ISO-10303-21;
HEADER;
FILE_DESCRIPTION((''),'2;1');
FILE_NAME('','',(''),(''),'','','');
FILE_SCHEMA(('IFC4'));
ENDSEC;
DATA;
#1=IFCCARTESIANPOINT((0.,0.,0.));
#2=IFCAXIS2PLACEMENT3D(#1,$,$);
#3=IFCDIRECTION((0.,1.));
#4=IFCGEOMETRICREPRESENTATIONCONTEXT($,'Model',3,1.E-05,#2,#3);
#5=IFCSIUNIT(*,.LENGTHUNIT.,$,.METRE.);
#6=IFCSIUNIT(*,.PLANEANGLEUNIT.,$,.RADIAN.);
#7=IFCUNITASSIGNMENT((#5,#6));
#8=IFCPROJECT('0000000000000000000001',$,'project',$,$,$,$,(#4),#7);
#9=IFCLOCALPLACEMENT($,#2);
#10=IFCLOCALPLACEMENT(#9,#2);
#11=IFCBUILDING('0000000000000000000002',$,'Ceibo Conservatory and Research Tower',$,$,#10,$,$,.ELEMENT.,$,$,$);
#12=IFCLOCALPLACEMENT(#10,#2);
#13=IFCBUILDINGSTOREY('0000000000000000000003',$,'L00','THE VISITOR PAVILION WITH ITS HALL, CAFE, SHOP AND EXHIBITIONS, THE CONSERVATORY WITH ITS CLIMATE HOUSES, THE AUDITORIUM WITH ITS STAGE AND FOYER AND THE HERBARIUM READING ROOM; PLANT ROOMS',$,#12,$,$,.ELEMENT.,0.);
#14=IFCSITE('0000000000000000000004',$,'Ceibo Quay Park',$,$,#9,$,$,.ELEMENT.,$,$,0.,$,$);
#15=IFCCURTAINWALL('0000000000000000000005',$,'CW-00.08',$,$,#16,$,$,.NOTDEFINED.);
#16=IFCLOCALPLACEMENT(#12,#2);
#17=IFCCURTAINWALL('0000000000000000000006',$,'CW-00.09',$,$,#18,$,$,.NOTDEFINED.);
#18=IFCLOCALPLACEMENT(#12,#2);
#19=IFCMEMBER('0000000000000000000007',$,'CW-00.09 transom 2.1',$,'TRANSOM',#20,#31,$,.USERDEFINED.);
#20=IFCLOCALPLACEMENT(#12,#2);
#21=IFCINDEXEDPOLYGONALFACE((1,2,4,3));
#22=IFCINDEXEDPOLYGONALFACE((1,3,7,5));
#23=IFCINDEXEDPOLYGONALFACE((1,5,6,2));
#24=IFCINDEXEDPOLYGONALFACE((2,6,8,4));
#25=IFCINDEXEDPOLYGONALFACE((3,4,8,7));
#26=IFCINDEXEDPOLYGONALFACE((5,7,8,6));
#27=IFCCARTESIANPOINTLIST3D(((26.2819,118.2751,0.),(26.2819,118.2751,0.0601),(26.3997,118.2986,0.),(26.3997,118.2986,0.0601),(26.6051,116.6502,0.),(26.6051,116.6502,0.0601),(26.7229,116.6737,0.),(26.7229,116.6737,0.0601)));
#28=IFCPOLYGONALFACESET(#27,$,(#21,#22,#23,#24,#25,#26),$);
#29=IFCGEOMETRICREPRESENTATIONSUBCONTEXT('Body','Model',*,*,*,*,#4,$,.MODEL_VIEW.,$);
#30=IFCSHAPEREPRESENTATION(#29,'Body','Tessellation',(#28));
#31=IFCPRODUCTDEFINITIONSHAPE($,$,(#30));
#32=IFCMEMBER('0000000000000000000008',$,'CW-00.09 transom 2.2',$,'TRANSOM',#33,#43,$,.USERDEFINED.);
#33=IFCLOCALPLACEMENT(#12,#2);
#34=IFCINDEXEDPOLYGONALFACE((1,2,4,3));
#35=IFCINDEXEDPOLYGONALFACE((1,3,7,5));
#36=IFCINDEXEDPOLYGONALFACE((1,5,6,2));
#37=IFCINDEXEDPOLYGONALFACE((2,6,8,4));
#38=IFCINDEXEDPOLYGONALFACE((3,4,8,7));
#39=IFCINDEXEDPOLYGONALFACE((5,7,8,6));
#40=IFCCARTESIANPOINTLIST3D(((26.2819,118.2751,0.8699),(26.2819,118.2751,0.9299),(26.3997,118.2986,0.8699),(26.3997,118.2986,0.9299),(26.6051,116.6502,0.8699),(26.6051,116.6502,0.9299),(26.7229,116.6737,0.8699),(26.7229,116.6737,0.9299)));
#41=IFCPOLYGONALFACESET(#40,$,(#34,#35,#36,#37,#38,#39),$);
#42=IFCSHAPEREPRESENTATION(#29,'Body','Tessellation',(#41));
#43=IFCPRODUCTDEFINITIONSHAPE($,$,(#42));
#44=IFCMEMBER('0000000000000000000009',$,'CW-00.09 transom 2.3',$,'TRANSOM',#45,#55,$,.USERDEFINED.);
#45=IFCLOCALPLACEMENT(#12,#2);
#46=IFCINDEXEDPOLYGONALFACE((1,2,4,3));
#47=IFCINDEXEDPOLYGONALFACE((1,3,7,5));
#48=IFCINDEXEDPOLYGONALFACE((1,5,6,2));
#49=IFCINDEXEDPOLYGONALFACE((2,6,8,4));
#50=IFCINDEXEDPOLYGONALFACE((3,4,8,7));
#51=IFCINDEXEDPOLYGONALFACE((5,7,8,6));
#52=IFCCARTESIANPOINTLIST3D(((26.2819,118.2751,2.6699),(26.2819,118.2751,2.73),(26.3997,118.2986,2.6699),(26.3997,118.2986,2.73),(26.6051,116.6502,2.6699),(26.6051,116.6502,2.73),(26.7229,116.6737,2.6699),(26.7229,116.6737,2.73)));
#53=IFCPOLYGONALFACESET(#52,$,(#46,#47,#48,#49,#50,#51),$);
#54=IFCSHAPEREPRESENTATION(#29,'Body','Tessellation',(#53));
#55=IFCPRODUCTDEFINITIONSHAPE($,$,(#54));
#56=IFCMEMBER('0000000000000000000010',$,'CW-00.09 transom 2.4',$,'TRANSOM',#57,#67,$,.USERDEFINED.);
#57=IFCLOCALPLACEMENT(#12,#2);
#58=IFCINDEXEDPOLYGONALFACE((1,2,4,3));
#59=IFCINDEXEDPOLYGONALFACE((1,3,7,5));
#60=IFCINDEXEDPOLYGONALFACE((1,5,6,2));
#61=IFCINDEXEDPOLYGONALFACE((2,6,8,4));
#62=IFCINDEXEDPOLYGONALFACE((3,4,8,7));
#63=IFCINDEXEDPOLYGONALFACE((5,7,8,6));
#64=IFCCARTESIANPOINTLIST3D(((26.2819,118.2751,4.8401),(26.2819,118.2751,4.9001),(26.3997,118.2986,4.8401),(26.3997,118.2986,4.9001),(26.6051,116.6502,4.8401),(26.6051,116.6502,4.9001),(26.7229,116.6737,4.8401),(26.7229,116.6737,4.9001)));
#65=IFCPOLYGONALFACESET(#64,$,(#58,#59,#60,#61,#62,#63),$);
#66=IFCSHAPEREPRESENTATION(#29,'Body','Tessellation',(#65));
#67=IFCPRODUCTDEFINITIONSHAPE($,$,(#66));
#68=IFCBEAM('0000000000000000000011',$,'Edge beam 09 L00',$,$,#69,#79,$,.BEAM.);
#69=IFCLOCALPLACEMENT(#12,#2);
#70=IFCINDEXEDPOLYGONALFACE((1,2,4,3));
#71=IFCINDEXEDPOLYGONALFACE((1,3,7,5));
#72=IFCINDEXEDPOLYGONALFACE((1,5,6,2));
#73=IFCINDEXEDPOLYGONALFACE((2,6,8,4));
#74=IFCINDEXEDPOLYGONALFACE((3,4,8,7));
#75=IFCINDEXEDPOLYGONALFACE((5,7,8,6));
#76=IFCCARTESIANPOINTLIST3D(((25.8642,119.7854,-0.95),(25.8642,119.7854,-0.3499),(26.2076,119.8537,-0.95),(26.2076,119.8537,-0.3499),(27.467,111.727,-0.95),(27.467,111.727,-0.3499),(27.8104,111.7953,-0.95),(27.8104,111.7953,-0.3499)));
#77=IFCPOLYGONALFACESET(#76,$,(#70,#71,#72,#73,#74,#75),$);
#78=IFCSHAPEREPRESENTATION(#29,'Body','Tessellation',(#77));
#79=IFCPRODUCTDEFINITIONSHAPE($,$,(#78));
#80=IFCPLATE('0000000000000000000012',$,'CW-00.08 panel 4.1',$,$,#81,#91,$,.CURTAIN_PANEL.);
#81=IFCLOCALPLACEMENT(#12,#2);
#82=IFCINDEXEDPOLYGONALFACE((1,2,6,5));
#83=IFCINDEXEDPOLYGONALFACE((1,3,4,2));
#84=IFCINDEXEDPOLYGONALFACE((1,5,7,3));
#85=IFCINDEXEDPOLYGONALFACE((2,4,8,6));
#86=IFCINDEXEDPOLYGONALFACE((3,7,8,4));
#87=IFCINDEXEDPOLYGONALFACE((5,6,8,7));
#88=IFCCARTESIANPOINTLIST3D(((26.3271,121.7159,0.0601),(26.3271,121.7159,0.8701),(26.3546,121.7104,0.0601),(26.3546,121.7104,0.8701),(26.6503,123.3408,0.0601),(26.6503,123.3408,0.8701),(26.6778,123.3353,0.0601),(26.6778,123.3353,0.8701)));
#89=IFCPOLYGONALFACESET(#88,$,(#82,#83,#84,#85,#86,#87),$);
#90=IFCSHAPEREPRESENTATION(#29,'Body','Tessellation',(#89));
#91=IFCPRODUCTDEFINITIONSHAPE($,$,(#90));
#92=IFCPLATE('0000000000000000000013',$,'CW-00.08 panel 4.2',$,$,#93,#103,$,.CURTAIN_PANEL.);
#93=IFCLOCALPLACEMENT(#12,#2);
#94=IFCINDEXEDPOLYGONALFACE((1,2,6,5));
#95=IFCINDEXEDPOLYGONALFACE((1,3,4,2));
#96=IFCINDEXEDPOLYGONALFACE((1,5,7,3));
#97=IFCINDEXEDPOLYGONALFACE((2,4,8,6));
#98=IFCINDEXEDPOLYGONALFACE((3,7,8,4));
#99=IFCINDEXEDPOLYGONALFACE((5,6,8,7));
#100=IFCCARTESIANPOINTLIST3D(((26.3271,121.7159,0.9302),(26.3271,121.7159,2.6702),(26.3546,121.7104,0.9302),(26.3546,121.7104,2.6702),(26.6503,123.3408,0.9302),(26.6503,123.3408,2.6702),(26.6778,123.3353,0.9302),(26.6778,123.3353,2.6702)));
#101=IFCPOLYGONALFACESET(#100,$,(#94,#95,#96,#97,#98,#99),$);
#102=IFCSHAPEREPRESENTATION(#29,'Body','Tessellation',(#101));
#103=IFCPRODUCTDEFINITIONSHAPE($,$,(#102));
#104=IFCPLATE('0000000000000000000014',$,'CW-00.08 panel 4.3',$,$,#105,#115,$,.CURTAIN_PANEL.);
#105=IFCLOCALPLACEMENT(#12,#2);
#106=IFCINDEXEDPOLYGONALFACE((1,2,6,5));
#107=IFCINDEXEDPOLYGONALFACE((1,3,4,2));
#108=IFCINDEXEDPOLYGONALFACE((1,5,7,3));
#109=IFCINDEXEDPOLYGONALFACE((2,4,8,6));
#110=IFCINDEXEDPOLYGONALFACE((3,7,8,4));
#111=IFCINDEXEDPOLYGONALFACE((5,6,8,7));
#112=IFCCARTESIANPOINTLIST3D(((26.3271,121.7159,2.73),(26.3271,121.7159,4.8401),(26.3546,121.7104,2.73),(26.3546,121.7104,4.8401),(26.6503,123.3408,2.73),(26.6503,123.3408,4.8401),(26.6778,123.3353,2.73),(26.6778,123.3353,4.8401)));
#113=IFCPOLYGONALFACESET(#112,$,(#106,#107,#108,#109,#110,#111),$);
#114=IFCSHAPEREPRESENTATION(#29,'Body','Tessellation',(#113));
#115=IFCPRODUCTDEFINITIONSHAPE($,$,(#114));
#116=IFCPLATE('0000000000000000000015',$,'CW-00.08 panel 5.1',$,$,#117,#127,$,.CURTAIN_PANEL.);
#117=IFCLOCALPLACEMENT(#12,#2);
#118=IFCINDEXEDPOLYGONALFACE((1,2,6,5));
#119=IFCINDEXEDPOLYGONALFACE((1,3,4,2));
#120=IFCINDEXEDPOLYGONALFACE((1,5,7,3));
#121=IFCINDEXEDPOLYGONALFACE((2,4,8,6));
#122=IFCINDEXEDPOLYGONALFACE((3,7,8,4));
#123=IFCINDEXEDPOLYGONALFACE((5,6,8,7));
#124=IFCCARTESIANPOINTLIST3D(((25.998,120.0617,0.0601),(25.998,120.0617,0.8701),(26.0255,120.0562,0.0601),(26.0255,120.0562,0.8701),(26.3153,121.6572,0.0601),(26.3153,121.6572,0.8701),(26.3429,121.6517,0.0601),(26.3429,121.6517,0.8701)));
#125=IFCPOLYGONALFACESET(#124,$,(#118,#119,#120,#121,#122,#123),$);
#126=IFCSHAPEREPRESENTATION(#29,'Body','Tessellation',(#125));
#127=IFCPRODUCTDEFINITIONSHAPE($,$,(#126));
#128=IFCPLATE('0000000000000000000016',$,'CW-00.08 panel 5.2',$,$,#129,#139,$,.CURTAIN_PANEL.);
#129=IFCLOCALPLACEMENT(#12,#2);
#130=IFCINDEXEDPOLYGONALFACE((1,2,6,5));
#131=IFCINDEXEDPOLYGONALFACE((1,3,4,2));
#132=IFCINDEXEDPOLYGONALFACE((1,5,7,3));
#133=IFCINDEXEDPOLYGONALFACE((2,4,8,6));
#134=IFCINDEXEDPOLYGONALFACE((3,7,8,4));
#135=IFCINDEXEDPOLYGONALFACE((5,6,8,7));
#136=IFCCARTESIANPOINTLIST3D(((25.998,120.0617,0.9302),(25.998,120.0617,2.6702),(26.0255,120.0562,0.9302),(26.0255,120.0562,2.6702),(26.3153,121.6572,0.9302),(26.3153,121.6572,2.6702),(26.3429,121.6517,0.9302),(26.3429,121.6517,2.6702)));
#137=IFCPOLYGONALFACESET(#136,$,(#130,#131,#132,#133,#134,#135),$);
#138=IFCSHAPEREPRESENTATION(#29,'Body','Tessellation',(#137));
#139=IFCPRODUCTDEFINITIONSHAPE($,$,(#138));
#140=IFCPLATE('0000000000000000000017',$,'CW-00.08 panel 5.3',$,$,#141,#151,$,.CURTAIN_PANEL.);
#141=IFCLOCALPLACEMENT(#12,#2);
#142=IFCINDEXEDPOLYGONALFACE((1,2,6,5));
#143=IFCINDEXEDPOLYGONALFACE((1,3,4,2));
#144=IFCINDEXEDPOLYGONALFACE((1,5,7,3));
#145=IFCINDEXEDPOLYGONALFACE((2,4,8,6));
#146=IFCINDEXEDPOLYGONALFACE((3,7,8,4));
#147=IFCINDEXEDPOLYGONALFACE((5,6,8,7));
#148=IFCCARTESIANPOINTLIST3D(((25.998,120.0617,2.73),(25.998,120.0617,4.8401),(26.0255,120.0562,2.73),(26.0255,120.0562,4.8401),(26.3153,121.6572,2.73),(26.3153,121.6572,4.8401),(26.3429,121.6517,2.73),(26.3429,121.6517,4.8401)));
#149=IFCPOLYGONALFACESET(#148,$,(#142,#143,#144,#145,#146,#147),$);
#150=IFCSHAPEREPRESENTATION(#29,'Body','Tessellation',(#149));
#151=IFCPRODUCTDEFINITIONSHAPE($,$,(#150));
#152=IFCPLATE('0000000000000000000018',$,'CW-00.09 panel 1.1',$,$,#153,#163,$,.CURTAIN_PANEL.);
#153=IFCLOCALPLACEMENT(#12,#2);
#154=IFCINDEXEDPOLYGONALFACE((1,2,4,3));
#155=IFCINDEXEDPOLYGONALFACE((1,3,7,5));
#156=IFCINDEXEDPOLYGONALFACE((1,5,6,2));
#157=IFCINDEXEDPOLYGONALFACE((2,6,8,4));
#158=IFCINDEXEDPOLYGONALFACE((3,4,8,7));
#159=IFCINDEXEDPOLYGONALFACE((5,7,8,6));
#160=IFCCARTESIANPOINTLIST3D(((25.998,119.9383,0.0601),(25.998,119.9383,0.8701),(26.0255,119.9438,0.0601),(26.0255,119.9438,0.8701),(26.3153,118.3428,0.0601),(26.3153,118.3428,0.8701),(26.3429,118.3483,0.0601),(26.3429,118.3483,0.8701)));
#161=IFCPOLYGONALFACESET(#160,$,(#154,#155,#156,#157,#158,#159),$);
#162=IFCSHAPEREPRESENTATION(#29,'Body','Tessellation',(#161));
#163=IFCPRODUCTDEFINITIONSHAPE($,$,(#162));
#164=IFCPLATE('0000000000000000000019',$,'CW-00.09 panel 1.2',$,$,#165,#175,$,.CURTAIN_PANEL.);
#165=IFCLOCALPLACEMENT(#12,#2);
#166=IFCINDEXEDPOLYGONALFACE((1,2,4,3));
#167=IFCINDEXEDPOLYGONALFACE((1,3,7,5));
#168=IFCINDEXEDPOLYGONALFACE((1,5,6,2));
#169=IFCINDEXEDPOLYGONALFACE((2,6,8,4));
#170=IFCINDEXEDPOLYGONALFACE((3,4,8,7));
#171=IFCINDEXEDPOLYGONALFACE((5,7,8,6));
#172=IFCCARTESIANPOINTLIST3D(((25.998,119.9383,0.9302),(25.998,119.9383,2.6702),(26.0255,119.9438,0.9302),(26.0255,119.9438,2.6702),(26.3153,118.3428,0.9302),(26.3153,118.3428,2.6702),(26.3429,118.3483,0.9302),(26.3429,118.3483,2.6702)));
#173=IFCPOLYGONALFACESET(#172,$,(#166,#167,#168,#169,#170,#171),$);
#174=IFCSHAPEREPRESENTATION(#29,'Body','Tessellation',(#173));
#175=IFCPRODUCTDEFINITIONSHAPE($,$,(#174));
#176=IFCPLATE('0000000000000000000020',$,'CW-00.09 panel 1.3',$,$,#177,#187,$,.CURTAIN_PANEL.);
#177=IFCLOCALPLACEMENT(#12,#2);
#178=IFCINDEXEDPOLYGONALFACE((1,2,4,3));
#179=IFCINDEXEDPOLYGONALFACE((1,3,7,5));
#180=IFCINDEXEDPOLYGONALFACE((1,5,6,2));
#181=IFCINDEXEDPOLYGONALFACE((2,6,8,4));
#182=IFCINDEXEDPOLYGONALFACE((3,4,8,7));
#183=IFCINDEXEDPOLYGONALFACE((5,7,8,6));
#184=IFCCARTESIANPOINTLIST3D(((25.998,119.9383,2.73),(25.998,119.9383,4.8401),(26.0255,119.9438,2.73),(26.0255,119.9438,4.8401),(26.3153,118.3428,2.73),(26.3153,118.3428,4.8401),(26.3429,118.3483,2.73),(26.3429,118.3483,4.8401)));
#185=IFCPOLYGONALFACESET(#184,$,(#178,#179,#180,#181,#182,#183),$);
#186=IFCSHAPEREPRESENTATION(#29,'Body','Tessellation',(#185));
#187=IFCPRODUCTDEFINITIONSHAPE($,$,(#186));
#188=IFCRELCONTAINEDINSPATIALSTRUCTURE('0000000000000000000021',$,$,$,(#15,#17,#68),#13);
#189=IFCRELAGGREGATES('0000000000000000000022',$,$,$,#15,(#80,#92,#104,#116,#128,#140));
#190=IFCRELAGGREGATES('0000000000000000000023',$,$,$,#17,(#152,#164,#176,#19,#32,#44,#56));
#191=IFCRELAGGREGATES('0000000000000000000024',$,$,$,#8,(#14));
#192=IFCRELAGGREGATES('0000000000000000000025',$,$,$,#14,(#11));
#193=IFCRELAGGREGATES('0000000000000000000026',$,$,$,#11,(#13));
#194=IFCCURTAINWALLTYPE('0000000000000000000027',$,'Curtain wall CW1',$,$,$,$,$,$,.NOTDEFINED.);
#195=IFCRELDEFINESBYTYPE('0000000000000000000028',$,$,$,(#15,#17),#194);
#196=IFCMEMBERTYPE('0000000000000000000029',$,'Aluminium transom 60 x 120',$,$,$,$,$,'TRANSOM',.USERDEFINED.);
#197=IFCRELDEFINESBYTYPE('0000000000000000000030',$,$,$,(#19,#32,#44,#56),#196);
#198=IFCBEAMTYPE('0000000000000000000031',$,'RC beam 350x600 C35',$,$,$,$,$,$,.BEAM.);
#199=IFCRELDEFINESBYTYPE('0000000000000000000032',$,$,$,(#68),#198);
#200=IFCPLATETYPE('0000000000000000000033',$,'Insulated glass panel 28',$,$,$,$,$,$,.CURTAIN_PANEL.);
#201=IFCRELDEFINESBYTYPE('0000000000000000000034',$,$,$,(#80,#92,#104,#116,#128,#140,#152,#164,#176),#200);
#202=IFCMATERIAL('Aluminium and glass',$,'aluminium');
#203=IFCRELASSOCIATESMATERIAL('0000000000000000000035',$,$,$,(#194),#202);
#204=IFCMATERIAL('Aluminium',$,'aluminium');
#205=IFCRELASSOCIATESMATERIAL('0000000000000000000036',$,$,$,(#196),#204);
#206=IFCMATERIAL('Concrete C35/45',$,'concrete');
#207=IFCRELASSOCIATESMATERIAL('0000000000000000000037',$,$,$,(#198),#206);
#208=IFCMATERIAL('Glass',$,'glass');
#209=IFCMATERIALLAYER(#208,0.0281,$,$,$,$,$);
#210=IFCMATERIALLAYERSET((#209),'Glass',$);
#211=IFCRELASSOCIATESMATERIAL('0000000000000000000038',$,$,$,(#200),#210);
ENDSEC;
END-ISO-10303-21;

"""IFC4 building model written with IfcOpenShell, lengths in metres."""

from ifc_helpers import new_model, si_unit, direction, frame, origin, origin_2d, place, context, subcontext, project, spatial, rectangle, extrude, material, layer, layer_set, material_profile, profile_set, type_object, element, aggregate, save


model = new_model("IFC4")

# Units and contexts
model_context = context("Model", 3, precision=1e-05, world=origin(), true_north=direction((0.0, 1.0)))
body_context = subcontext(model_context, "Body", "Model", "MODEL_VIEW")
ifc_project = project(units=[si_unit("LENGTHUNIT", "METRE"), si_unit("PLANEANGLEUNIT", "RADIAN")], contexts=[model_context])

# Site, building, storey
site_placement = place(None, origin())
site = spatial("IfcSite", under=ifc_project, at=site_placement, Name="Ceibo Quay Park", CompositionType="ELEMENT", RefElevation=0.0)
building_placement = place(site_placement, origin())
building = spatial("IfcBuilding", under=site, at=building_placement, Name="Ceibo Conservatory and Research Tower", CompositionType="ELEMENT")
storey_placement = place(building_placement, origin())
storey = spatial("IfcBuildingStorey", under=building, at=storey_placement, Name="L00", Description="THE VISITOR PAVILION WITH ITS HALL, CAFE, SHOP AND EXHIBITIONS, THE CONSERVATORY WITH ITS CLIMATE HOUSES, THE AUDITORIUM WITH ITS STAGE AND FOYER AND THE HERBARIUM READING ROOM; PLANT ROOMS", CompositionType="ELEMENT", Elevation=0.0)

# Curtain walls
ifc_material_1 = material(Name="Aluminium and glass", Category="aluminium")
curtain_wall_type = type_object("IfcCurtainWallType", Name="Curtain wall CW1", PredefinedType="NOTDEFINED", material=ifc_material_1)
curtain_wall_1_placement = place(storey_placement, origin())
curtain_wall_1 = element("IfcCurtainWall", 1, at=curtain_wall_1_placement, inside=storey, type_object=curtain_wall_type, Name="CW-00.08", PredefinedType="NOTDEFINED")
ifc_material_2 = material(Name="Aluminium", Category="aluminium")
curtain_wall_2_placement = place(storey_placement, origin())
curtain_wall_2 = element("IfcCurtainWall", 2, at=curtain_wall_2_placement, inside=storey, type_object=curtain_wall_type, Name="CW-00.09", PredefinedType="NOTDEFINED")

# Members
ifc_material_profile_1 = material_profile(ifc_material_2, rectangle(XDim=0.1201, YDim=0.0601, at=origin_2d()), Name="Aluminium 60 x 120")
ifc_profile_set_1 = profile_set([ifc_material_profile_1], Name="Aluminium")
member_type_1 = type_object("IfcMemberType", Name="Aluminium transom 60 x 120", ElementType="TRANSOM", PredefinedType="USERDEFINED", material=ifc_profile_set_1)
member_1_placement = place(storey_placement, frame((26.3408, 118.2869, 0.03), z_axis=(0.195096, -0.980784, 0.0), x_axis=(0.980784, 0.195096, 0.0)))
member_1 = element("IfcMember", 3, at=member_1_placement, type_object=member_type_1, Name="CW-00.09 transom 2.1", ObjectType="TRANSOM", PredefinedType="USERDEFINED", context=body_context, shape_type="SweptSolid", body=[
    extrude(rectangle(XDim=0.1201, YDim=0.0601, at=origin_2d()), origin(), (0.0, 0.0, 1.0), 1.6567),
])
member_2_placement = place(storey_placement, frame((26.3408, 118.2869, 0.8999), z_axis=(0.195096, -0.980784, 0.0), x_axis=(0.980784, 0.195096, 0.0)))
member_2 = element("IfcMember", 4, at=member_2_placement, type_object=member_type_1, Name="CW-00.09 transom 2.2", ObjectType="TRANSOM", PredefinedType="USERDEFINED", context=body_context, shape_type="SweptSolid", body=[
    extrude(rectangle(XDim=0.1201, YDim=0.0601, at=origin_2d()), origin(), (0.0, 0.0, 1.0), 1.6567),
])
member_3_placement = place(storey_placement, frame((26.3408, 118.2869, 2.7), z_axis=(0.195096, -0.980784, 0.0), x_axis=(0.980784, 0.195096, 0.0)))
member_3 = element("IfcMember", 5, at=member_3_placement, type_object=member_type_1, Name="CW-00.09 transom 2.3", ObjectType="TRANSOM", PredefinedType="USERDEFINED", context=body_context, shape_type="SweptSolid", body=[
    extrude(rectangle(XDim=0.1201, YDim=0.0601, at=origin_2d()), origin(), (0.0, 0.0, 1.0), 1.6567),
])
member_4_placement = place(storey_placement, frame((26.3408, 118.2869, 4.8701), z_axis=(0.195096, -0.980784, 0.0), x_axis=(0.980784, 0.195096, 0.0)))
member_4 = element("IfcMember", 6, at=member_4_placement, type_object=member_type_1, Name="CW-00.09 transom 2.4", ObjectType="TRANSOM", PredefinedType="USERDEFINED", context=body_context, shape_type="SweptSolid", body=[
    extrude(rectangle(XDim=0.1201, YDim=0.0601, at=origin_2d()), origin(), (0.0, 0.0, 1.0), 1.6567),
])

# Beam
ifc_material_3 = material(Name="Concrete C35/45", Category="concrete")
ifc_material_profile_2 = material_profile(ifc_material_3, rectangle(XDim=0.3501, YDim=0.6001, at=origin_2d()), Name="RC 350x600")
ifc_profile_set_2 = profile_set([ifc_material_profile_2], Name="Concrete C35/45")
beam_type = type_object("IfcBeamType", Name="RC beam 350x600 C35", PredefinedType="BEAM", material=ifc_profile_set_2)
beam_placement = place(storey_placement, frame((26.0359, 119.8196, -0.6499), z_axis=(0.195076, -0.980788, 0.0), x_axis=(0.980788, 0.195076, 0.0)))
element("IfcBeam", 7, at=beam_placement, inside=storey, type_object=beam_type, Name="Edge beam 09 L00", PredefinedType="BEAM", context=body_context, shape_type="SweptSolid", body=[
    extrude(rectangle(XDim=0.3501, YDim=0.6001, at=origin_2d()), origin(), (0.0, 0.0, 1.0), 8.2163),
])

# Plates
ifc_material_4 = material(Name="Glass", Category="glass")
ifc_layer = layer(ifc_material_4, 0.0281)
ifc_layer_set = layer_set([ifc_layer], Name="Glass")
plate_type = type_object("IfcPlateType", Name="Insulated glass panel 28", PredefinedType="CURTAIN_PANEL", material=ifc_layer_set)
plate_1_placement = place(storey_placement, frame((26.5024, 122.5256, 0.0601), z_axis=(0.0, 0.0, 1.0), x_axis=(-0.19509, -0.980785, 0.0)))
plate_1 = element("IfcPlate", 8, at=plate_1_placement, type_object=plate_type, Name="CW-00.08 panel 4.1", PredefinedType="CURTAIN_PANEL", context=body_context, shape_type="SweptSolid", body=[
    extrude(rectangle(XDim=1.6567, YDim=0.0281, at=origin_2d()), origin(), (0.0, 0.0, 1.0), 0.8101),
])
plate_2_placement = place(storey_placement, frame((26.5024, 122.5256, 0.9302), z_axis=(0.0, 0.0, 1.0), x_axis=(-0.19509, -0.980785, 0.0)))
plate_2 = element("IfcPlate", 9, at=plate_2_placement, type_object=plate_type, Name="CW-00.08 panel 4.2", PredefinedType="CURTAIN_PANEL", context=body_context, shape_type="SweptSolid", body=[
    extrude(rectangle(XDim=1.6567, YDim=0.0281, at=origin_2d()), origin(), (0.0, 0.0, 1.0), 1.74),
])
plate_3_placement = place(storey_placement, frame((26.5024, 122.5256, 2.73), z_axis=(0.0, 0.0, 1.0), x_axis=(-0.19509, -0.980785, 0.0)))
plate_3 = element("IfcPlate", 10, at=plate_3_placement, type_object=plate_type, Name="CW-00.08 panel 4.3", PredefinedType="CURTAIN_PANEL", context=body_context, shape_type="SweptSolid", body=[
    extrude(rectangle(XDim=1.6567, YDim=0.0281, at=origin_2d()), origin(), (0.0, 0.0, 1.0), 2.1101),
])
plate_4_placement = place(storey_placement, frame((26.1704, 120.8567, 0.0601), z_axis=(0.0, 0.0, 1.0), x_axis=(-0.19509, -0.980785, 0.0)))
plate_4 = element("IfcPlate", 11, at=plate_4_placement, type_object=plate_type, Name="CW-00.08 panel 5.1", PredefinedType="CURTAIN_PANEL", context=body_context, shape_type="SweptSolid", body=[
    extrude(rectangle(XDim=1.6267, YDim=0.0281, at=origin_2d()), origin(), (0.0, 0.0, 1.0), 0.8101),
])
plate_5_placement = place(storey_placement, frame((26.1704, 120.8567, 0.9302), z_axis=(0.0, 0.0, 1.0), x_axis=(-0.19509, -0.980785, 0.0)))
plate_5 = element("IfcPlate", 12, at=plate_5_placement, type_object=plate_type, Name="CW-00.08 panel 5.2", PredefinedType="CURTAIN_PANEL", context=body_context, shape_type="SweptSolid", body=[
    extrude(rectangle(XDim=1.6267, YDim=0.0281, at=origin_2d()), origin(), (0.0, 0.0, 1.0), 1.74),
])
plate_6_placement = place(storey_placement, frame((26.1704, 120.8567, 2.73), z_axis=(0.0, 0.0, 1.0), x_axis=(-0.19509, -0.980785, 0.0)))
plate_6 = element("IfcPlate", 13, at=plate_6_placement, type_object=plate_type, Name="CW-00.08 panel 5.3", PredefinedType="CURTAIN_PANEL", context=body_context, shape_type="SweptSolid", body=[
    extrude(rectangle(XDim=1.6267, YDim=0.0281, at=origin_2d()), origin(), (0.0, 0.0, 1.0), 2.1101),
])
aggregate(curtain_wall_1, [plate_1, plate_2, plate_3, plate_4, plate_5, plate_6])
plate_7_placement = place(storey_placement, frame((26.1704, 119.1433, 0.0601), z_axis=(0.0, 0.0, 1.0), x_axis=(0.19509, -0.980785, 0.0)))
plate_7 = element("IfcPlate", 14, at=plate_7_placement, type_object=plate_type, Name="CW-00.09 panel 1.1", PredefinedType="CURTAIN_PANEL", context=body_context, shape_type="SweptSolid", body=[
    extrude(rectangle(XDim=1.6267, YDim=0.0281, at=origin_2d()), origin(), (0.0, 0.0, 1.0), 0.8101),
])
plate_8_placement = place(storey_placement, frame((26.1704, 119.1433, 0.9302), z_axis=(0.0, 0.0, 1.0), x_axis=(0.19509, -0.980785, 0.0)))
plate_8 = element("IfcPlate", 15, at=plate_8_placement, type_object=plate_type, Name="CW-00.09 panel 1.2", PredefinedType="CURTAIN_PANEL", context=body_context, shape_type="SweptSolid", body=[
    extrude(rectangle(XDim=1.6267, YDim=0.0281, at=origin_2d()), origin(), (0.0, 0.0, 1.0), 1.74),
])
plate_9_placement = place(storey_placement, frame((26.1704, 119.1433, 2.73), z_axis=(0.0, 0.0, 1.0), x_axis=(0.19509, -0.980785, 0.0)))
plate_9 = element("IfcPlate", 16, at=plate_9_placement, type_object=plate_type, Name="CW-00.09 panel 1.3", PredefinedType="CURTAIN_PANEL", context=body_context, shape_type="SweptSolid", body=[
    extrude(rectangle(XDim=1.6267, YDim=0.0281, at=origin_2d()), origin(), (0.0, 0.0, 1.0), 2.1101),
])
aggregate(curtain_wall_2, [plate_7, plate_8, plate_9, member_1, member_2, member_3, member_4])

save(model, "model.ifc")
